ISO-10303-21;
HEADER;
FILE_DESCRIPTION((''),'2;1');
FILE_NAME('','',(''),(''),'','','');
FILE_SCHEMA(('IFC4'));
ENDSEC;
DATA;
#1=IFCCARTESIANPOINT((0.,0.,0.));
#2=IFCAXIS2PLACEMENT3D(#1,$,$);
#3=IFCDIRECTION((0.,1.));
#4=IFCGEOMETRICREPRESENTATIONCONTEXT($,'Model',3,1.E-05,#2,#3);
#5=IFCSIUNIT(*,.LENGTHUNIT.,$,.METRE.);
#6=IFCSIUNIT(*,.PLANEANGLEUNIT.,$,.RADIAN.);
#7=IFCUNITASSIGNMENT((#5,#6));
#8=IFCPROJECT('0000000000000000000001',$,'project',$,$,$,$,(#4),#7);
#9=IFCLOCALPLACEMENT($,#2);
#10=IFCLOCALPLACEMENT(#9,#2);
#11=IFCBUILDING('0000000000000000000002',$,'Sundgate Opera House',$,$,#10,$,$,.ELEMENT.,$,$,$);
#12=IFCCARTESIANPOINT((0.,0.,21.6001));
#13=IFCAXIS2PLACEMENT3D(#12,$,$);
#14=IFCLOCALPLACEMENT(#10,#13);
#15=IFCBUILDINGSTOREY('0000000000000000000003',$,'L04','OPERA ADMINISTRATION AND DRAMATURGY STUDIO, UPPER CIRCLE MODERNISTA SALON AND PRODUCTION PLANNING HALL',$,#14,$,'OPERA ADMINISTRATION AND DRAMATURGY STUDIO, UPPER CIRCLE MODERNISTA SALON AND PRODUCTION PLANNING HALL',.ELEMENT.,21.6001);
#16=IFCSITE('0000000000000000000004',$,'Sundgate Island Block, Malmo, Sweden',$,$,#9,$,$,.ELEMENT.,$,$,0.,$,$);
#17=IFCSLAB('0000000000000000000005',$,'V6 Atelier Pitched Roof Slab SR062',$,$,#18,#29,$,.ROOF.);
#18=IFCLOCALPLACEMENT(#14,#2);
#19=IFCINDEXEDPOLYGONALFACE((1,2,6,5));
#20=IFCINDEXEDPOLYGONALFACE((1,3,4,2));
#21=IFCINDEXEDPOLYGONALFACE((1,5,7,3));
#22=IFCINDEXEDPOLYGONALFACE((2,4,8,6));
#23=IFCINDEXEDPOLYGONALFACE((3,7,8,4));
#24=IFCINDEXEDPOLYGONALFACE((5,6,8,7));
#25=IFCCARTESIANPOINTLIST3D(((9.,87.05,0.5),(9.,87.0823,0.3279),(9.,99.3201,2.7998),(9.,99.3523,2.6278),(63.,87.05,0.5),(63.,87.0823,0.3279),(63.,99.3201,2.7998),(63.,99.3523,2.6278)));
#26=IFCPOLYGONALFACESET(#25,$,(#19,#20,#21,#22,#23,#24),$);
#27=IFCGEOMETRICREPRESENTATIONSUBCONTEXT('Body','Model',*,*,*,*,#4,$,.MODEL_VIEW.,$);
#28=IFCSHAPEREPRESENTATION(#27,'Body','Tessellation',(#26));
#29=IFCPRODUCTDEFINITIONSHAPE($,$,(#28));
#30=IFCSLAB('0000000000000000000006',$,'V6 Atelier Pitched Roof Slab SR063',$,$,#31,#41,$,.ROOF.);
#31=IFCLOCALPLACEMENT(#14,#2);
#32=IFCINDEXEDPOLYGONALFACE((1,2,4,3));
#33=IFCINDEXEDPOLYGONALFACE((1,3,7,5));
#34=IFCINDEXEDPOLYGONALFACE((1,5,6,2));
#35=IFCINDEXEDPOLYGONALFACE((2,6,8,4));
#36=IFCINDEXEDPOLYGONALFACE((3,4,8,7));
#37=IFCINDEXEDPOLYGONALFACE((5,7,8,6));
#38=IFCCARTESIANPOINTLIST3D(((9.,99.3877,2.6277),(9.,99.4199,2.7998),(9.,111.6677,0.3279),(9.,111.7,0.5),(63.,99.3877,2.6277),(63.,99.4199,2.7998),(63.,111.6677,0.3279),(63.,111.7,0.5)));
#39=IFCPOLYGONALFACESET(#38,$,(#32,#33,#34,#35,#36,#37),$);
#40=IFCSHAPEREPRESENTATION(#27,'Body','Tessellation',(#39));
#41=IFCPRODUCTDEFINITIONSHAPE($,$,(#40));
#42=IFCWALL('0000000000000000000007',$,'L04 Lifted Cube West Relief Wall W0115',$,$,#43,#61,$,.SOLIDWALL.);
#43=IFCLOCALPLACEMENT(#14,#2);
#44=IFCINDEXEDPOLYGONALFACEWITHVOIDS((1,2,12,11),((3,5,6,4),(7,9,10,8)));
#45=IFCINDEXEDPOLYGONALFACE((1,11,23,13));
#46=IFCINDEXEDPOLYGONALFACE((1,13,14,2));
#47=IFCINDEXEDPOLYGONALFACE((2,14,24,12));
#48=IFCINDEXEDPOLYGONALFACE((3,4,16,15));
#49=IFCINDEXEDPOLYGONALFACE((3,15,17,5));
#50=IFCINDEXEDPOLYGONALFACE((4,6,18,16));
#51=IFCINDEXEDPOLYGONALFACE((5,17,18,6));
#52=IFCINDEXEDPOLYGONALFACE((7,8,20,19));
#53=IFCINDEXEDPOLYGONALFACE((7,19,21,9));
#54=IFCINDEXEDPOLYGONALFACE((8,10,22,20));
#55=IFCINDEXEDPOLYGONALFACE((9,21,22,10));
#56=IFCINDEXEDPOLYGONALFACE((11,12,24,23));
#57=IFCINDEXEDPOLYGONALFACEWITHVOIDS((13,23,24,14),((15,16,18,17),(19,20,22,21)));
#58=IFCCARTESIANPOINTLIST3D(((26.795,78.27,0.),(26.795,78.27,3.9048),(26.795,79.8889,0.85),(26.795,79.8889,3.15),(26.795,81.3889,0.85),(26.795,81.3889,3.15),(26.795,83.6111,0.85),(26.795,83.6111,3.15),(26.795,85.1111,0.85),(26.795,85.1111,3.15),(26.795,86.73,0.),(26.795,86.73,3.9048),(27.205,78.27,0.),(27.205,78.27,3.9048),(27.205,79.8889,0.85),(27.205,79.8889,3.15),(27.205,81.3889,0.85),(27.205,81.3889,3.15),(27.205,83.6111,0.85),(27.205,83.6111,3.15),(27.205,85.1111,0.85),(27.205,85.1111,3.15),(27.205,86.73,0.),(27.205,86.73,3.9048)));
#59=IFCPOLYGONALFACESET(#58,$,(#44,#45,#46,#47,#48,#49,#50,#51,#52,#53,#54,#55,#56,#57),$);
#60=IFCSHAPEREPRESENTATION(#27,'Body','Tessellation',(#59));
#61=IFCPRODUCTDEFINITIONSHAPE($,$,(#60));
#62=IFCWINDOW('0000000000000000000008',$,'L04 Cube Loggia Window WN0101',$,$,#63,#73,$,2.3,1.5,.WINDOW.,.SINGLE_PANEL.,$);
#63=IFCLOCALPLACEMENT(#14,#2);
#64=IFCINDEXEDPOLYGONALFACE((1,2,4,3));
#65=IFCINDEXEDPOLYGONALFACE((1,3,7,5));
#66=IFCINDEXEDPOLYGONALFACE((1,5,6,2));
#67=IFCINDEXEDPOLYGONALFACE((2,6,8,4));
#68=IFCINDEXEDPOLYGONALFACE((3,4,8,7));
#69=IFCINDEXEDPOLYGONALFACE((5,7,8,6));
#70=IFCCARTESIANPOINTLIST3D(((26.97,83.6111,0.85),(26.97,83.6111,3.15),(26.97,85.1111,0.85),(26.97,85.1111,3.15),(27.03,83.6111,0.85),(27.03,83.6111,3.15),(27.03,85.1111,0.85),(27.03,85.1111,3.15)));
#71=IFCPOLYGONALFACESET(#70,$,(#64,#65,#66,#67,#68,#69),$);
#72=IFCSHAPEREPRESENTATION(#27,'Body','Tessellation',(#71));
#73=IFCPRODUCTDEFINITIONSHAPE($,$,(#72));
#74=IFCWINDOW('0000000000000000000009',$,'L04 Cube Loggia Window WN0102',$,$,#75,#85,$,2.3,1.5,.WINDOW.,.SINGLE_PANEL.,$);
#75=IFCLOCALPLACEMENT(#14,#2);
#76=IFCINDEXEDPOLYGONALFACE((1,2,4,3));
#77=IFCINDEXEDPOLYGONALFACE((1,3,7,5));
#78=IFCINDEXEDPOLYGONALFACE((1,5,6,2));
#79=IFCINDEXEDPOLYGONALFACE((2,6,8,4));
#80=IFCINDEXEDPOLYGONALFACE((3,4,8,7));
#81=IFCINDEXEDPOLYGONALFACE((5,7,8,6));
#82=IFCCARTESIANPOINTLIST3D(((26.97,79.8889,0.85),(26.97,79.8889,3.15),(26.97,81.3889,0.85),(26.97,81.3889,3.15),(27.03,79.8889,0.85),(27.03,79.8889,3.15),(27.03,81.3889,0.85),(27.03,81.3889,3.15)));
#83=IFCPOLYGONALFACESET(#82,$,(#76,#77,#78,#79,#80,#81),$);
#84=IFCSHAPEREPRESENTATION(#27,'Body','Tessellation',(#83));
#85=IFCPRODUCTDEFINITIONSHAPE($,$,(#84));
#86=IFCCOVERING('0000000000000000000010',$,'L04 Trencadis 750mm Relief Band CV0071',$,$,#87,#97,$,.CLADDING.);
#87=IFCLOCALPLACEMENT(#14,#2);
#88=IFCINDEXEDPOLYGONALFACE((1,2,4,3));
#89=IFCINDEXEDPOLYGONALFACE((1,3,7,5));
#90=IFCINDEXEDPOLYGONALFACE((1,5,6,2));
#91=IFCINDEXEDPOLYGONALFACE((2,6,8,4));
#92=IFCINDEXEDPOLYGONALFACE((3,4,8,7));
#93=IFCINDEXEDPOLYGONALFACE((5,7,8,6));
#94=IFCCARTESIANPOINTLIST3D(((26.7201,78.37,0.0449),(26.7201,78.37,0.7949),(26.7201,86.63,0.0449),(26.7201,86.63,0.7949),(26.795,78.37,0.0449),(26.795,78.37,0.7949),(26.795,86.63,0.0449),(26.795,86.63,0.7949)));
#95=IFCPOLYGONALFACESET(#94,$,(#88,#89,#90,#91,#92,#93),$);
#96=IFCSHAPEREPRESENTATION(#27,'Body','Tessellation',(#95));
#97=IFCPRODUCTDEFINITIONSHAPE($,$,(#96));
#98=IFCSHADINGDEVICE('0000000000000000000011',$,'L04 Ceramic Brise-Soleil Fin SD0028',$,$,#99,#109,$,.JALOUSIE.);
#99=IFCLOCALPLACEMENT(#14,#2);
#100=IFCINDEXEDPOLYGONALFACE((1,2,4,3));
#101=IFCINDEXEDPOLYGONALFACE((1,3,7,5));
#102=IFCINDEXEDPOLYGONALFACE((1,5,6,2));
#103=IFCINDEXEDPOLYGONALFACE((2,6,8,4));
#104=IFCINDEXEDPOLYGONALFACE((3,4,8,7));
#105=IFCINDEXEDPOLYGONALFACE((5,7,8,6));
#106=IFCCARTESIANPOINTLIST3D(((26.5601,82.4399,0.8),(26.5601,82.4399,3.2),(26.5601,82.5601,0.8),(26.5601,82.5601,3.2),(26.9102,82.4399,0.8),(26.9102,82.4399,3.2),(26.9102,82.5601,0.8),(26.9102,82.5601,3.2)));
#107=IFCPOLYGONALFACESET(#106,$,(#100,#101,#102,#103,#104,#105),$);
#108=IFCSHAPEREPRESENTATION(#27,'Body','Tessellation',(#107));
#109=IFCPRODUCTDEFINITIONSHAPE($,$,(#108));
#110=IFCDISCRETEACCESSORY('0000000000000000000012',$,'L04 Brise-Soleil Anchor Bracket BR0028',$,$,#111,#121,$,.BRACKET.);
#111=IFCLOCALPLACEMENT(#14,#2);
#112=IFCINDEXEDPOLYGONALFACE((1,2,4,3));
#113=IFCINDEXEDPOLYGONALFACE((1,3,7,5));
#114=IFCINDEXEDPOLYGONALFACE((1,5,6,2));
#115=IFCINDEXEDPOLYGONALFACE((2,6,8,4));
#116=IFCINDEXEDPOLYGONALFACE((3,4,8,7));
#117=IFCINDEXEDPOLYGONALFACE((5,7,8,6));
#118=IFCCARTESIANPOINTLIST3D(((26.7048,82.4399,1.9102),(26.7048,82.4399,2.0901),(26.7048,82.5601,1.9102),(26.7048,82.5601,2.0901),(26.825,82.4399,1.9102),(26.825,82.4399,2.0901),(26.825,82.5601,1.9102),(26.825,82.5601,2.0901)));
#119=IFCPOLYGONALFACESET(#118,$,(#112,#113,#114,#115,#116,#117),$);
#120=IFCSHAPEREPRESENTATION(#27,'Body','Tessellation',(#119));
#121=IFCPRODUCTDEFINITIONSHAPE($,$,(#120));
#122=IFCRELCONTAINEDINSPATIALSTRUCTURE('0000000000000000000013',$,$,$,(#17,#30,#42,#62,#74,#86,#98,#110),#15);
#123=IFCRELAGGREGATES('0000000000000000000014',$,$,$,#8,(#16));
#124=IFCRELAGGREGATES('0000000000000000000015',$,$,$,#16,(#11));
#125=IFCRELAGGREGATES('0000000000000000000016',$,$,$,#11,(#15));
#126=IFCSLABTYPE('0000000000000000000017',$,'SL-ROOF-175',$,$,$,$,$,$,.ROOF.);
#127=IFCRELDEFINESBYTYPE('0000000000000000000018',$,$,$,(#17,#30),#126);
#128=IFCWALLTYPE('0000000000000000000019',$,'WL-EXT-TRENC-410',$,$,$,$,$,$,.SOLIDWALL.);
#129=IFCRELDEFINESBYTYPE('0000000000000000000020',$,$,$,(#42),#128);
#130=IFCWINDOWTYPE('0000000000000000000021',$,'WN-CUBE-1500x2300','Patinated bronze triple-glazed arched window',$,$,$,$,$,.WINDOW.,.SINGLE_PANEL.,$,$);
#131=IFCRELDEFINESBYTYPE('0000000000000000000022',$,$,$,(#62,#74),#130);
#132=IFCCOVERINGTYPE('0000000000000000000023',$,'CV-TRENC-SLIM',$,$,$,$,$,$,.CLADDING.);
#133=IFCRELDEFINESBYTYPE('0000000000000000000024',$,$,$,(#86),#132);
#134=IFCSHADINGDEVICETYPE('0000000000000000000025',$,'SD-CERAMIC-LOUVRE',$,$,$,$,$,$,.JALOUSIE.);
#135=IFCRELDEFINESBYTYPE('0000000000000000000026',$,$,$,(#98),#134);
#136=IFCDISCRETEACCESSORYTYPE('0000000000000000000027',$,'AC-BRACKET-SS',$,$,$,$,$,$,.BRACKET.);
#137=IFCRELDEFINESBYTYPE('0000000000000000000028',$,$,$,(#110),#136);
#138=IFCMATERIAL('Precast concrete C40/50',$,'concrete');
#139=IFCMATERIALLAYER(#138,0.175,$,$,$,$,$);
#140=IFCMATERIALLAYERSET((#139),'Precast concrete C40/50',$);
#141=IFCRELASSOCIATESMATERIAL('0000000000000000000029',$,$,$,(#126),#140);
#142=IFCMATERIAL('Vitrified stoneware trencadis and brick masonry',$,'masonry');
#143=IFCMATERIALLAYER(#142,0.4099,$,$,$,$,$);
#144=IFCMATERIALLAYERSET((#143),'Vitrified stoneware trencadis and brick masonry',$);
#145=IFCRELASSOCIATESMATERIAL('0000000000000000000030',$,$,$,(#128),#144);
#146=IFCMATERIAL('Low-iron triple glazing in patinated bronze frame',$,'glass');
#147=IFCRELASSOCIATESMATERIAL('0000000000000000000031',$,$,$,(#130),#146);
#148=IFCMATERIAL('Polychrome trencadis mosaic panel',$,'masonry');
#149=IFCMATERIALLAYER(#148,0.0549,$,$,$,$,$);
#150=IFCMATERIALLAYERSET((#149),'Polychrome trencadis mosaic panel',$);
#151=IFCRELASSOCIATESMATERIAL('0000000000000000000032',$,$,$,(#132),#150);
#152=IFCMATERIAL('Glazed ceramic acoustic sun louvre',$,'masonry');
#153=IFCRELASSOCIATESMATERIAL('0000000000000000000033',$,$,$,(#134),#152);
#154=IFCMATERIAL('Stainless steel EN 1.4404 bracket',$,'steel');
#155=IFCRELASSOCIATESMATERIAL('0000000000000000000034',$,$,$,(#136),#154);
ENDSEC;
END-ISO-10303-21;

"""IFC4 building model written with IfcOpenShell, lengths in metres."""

from ifc_helpers import new_model, si_unit, direction, frame, frame_2d, origin, origin_2d, place, context, subcontext, project, spatial, polyline, rectangle, outline, extrude, material, layer, layer_set, type_object, element, fill, save


model = new_model("IFC4")

# Units and contexts
model_context = context("Model", 3, precision=1e-05, world=origin(), true_north=direction((0.0, 1.0)))
body_context = subcontext(model_context, "Body", "Model", "MODEL_VIEW")
ifc_project = project(units=[si_unit("LENGTHUNIT", "METRE"), si_unit("PLANEANGLEUNIT", "RADIAN")], contexts=[model_context])

# Site, building, storey
site_placement = place(None, origin())
site = spatial("IfcSite", under=ifc_project, at=site_placement, Name="Sundgate Island Block, Malmo, Sweden", CompositionType="ELEMENT", RefElevation=0.0)
building_placement = place(site_placement, origin())
building = spatial("IfcBuilding", under=site, at=building_placement, Name="Sundgate Opera House", CompositionType="ELEMENT")
storey_placement = place(building_placement, frame((0.0, 0.0, 21.6001)))
storey = spatial("IfcBuildingStorey", under=building, at=storey_placement, Name="L04", Description="OPERA ADMINISTRATION AND DRAMATURGY STUDIO, UPPER CIRCLE MODERNISTA SALON AND PRODUCTION PLANNING HALL", LongName="OPERA ADMINISTRATION AND DRAMATURGY STUDIO, UPPER CIRCLE MODERNISTA SALON AND PRODUCTION PLANNING HALL", CompositionType="ELEMENT", Elevation=21.6001)

# Slabs
ifc_material_1 = material(Name="Precast concrete C40/50", Category="concrete")
ifc_layer_1 = layer(ifc_material_1, 0.175)
ifc_layer_set_1 = layer_set([ifc_layer_1], Name="Precast concrete C40/50")
slab_type = type_object("IfcSlabType", Name="SL-ROOF-175", PredefinedType="ROOF", material=ifc_layer_set_1)
slab_1_placement = place(storey_placement, frame((9.0, 87.05, 0.5), z_axis=(0.0, -0.184225, 0.982884), x_axis=(1.0, 0.0, 0.0)))
element("IfcSlab", 1, at=slab_1_placement, inside=storey, type_object=slab_type, Name="V6 Atelier Pitched Roof Slab SR062", PredefinedType="ROOF", context=body_context, shape_type="SweptSolid", body=[
    extrude(outline(polyline([(0.0, 0.0), (54.0, 0.0), (54.0, 12.4837), (0.0, 12.4837), (0.0, 0.0)])), origin(), (0.0, 0.0, -1.0), 0.175),
])
slab_2_placement = place(storey_placement, frame((9.0, 99.4199, 2.7998), z_axis=(0.0, 0.18408, 0.982911), x_axis=(1.0, 0.0, 0.0)))
element("IfcSlab", 2, at=slab_2_placement, inside=storey, type_object=slab_type, Name="V6 Atelier Pitched Roof Slab SR063", PredefinedType="ROOF", context=body_context, shape_type="SweptSolid", body=[
    extrude(outline(polyline([(0.0, 0.0), (54.0, 0.0), (54.0, 12.4935), (0.0, 12.4935), (0.0, 0.0)])), origin(), (0.0, 0.0, -1.0), 0.175),
])

# Wall, openings, windows
ifc_material_2 = material(Name="Vitrified stoneware trencadis and brick masonry", Category="masonry")
ifc_layer_2 = layer(ifc_material_2, 0.4099)
ifc_layer_set_2 = layer_set([ifc_layer_2], Name="Vitrified stoneware trencadis and brick masonry")
wall_type = type_object("IfcWallType", Name="WL-EXT-TRENC-410", PredefinedType="SOLIDWALL", material=ifc_layer_set_2)
wall_placement = place(storey_placement, frame((27.0, 86.73, 0.0), z_axis=(0.0, 0.0, 1.0), x_axis=(0.0, -1.0, 0.0)))
wall = element("IfcWall", 3, at=wall_placement, inside=storey, type_object=wall_type, Name="L04 Lifted Cube West Relief Wall W0115", PredefinedType="SOLIDWALL", context=body_context, shape_type="SweptSolid", body=[
    extrude(rectangle(XDim=8.46, YDim=0.4099, at=frame_2d((4.23, 0.0))), origin(), (0.0, 0.0, 1.0), 3.9048),
])
opening_1_placement = place(wall_placement, frame((1.6189, 0.0, 0.8501)))
opening_1 = element("IfcOpeningElement", 4, at=opening_1_placement, cuts=wall, PredefinedType="OPENING", context=body_context, shape_type="SweptSolid", body=[
    extrude(rectangle(XDim=1.5, YDim=2.3, at=frame_2d((0.75, 1.1499))), frame((0.0, 0.2148, 0.0), z_axis=(0.0, -1.0, 0.0), x_axis=(1.0, 0.0, 0.0)), (0.0, 0.0, 1.0), 0.4299),
])
opening_2_placement = place(wall_placement, frame((5.3411, 0.0, 0.8501)))
opening_2 = element("IfcOpeningElement", 5, at=opening_2_placement, cuts=wall, PredefinedType="OPENING", context=body_context, shape_type="SweptSolid", body=[
    extrude(rectangle(XDim=1.5, YDim=2.3, at=frame_2d((0.75, 1.1499))), frame((0.0, 0.2148, 0.0), z_axis=(0.0, -1.0, 0.0), x_axis=(1.0, 0.0, 0.0)), (0.0, 0.0, 1.0), 0.4299),
])
ifc_material_3 = material(Name="Low-iron triple glazing in patinated bronze frame", Category="glass")
window_type = type_object("IfcWindowType", Name="WN-CUBE-1500x2300", Description="Patinated bronze triple-glazed arched window", PartitioningType="SINGLE_PANEL", PredefinedType="WINDOW", material=ifc_material_3)
window_1_placement = place(opening_1_placement, origin())
window_1 = element("IfcWindow", 6, at=window_1_placement, inside=storey, type_object=window_type, Name="L04 Cube Loggia Window WN0101", OverallHeight=2.3, OverallWidth=1.5, PartitioningType="SINGLE_PANEL", PredefinedType="WINDOW", context=body_context, shape_type="SweptSolid", body=[
    extrude(rectangle(XDim=1.5, YDim=2.3, at=frame_2d((0.75, 1.1499))), frame((0.0, 0.03, 0.0), z_axis=(0.0, -1.0, 0.0), x_axis=(1.0, 0.0, 0.0)), (0.0, 0.0, 1.0), 0.0601),
])
fill(opening_1, window_1)
window_2_placement = place(opening_2_placement, origin())
window_2 = element("IfcWindow", 7, at=window_2_placement, inside=storey, type_object=window_type, Name="L04 Cube Loggia Window WN0102", OverallHeight=2.3, OverallWidth=1.5, PartitioningType="SINGLE_PANEL", PredefinedType="WINDOW", context=body_context, shape_type="SweptSolid", body=[
    extrude(rectangle(XDim=1.5, YDim=2.3, at=frame_2d((0.75, 1.1499))), frame((0.0, 0.03, 0.0), z_axis=(0.0, -1.0, 0.0), x_axis=(1.0, 0.0, 0.0)), (0.0, 0.0, 1.0), 0.0601),
])
fill(opening_2, window_2)

# Covering
ifc_material_4 = material(Name="Polychrome trencadis mosaic panel", Category="masonry")
ifc_layer_3 = layer(ifc_material_4, 0.0549)
ifc_layer_set_3 = layer_set([ifc_layer_3], Name="Polychrome trencadis mosaic panel")
covering_type = type_object("IfcCoveringType", Name="CV-TRENC-SLIM", PredefinedType="CLADDING", material=ifc_layer_set_3)
covering_placement = place(storey_placement, frame((26.7576, 82.5, 0.0449), z_axis=(0.0, 0.0, 1.0), x_axis=(0.0, 1.0, 0.0)))
element("IfcCovering", 8, at=covering_placement, inside=storey, type_object=covering_type, Name="L04 Trencadis 750mm Relief Band CV0071", PredefinedType="CLADDING", context=body_context, shape_type="SweptSolid", body=[
    extrude(rectangle(XDim=8.26, YDim=0.075, at=origin_2d()), origin(), (0.0, 0.0, 1.0), 0.75),
])

# Shading device
ifc_material_5 = material(Name="Glazed ceramic acoustic sun louvre", Category="masonry")
shading_device_type = type_object("IfcShadingDeviceType", Name="SD-CERAMIC-LOUVRE", PredefinedType="JALOUSIE", material=ifc_material_5)
shading_device_placement = place(storey_placement, frame((26.7351, 82.5, 0.8), z_axis=(0.0, 0.0, 1.0), x_axis=(1.0, 0.0, 0.0)))
element("IfcShadingDevice", 9, at=shading_device_placement, inside=storey, type_object=shading_device_type, Name="L04 Ceramic Brise-Soleil Fin SD0028", PredefinedType="JALOUSIE", context=body_context, shape_type="SweptSolid", body=[
    extrude(rectangle(XDim=0.3501, YDim=0.1201, at=origin_2d()), origin(), (0.0, 0.0, 1.0), 2.3999),
])

# Discrete accessory
ifc_material_6 = material(Name="Stainless steel EN 1.4404 bracket", Category="steel")
discrete_accessory_type = type_object("IfcDiscreteAccessoryType", Name="AC-BRACKET-SS", PredefinedType="BRACKET", material=ifc_material_6)
discrete_accessory_placement = place(storey_placement, frame((26.7649, 82.5, 1.9102), z_axis=(0.0, 0.0, 1.0), x_axis=(1.0, 0.0, 0.0)))
element("IfcDiscreteAccessory", 10, at=discrete_accessory_placement, inside=storey, type_object=discrete_accessory_type, Name="L04 Brise-Soleil Anchor Bracket BR0028", PredefinedType="BRACKET", context=body_context, shape_type="SweptSolid", body=[
    extrude(rectangle(XDim=0.1201, YDim=0.1201, at=origin_2d()), origin(), (0.0, 0.0, 1.0), 0.1799),
])

save(model, "model.ifc")
